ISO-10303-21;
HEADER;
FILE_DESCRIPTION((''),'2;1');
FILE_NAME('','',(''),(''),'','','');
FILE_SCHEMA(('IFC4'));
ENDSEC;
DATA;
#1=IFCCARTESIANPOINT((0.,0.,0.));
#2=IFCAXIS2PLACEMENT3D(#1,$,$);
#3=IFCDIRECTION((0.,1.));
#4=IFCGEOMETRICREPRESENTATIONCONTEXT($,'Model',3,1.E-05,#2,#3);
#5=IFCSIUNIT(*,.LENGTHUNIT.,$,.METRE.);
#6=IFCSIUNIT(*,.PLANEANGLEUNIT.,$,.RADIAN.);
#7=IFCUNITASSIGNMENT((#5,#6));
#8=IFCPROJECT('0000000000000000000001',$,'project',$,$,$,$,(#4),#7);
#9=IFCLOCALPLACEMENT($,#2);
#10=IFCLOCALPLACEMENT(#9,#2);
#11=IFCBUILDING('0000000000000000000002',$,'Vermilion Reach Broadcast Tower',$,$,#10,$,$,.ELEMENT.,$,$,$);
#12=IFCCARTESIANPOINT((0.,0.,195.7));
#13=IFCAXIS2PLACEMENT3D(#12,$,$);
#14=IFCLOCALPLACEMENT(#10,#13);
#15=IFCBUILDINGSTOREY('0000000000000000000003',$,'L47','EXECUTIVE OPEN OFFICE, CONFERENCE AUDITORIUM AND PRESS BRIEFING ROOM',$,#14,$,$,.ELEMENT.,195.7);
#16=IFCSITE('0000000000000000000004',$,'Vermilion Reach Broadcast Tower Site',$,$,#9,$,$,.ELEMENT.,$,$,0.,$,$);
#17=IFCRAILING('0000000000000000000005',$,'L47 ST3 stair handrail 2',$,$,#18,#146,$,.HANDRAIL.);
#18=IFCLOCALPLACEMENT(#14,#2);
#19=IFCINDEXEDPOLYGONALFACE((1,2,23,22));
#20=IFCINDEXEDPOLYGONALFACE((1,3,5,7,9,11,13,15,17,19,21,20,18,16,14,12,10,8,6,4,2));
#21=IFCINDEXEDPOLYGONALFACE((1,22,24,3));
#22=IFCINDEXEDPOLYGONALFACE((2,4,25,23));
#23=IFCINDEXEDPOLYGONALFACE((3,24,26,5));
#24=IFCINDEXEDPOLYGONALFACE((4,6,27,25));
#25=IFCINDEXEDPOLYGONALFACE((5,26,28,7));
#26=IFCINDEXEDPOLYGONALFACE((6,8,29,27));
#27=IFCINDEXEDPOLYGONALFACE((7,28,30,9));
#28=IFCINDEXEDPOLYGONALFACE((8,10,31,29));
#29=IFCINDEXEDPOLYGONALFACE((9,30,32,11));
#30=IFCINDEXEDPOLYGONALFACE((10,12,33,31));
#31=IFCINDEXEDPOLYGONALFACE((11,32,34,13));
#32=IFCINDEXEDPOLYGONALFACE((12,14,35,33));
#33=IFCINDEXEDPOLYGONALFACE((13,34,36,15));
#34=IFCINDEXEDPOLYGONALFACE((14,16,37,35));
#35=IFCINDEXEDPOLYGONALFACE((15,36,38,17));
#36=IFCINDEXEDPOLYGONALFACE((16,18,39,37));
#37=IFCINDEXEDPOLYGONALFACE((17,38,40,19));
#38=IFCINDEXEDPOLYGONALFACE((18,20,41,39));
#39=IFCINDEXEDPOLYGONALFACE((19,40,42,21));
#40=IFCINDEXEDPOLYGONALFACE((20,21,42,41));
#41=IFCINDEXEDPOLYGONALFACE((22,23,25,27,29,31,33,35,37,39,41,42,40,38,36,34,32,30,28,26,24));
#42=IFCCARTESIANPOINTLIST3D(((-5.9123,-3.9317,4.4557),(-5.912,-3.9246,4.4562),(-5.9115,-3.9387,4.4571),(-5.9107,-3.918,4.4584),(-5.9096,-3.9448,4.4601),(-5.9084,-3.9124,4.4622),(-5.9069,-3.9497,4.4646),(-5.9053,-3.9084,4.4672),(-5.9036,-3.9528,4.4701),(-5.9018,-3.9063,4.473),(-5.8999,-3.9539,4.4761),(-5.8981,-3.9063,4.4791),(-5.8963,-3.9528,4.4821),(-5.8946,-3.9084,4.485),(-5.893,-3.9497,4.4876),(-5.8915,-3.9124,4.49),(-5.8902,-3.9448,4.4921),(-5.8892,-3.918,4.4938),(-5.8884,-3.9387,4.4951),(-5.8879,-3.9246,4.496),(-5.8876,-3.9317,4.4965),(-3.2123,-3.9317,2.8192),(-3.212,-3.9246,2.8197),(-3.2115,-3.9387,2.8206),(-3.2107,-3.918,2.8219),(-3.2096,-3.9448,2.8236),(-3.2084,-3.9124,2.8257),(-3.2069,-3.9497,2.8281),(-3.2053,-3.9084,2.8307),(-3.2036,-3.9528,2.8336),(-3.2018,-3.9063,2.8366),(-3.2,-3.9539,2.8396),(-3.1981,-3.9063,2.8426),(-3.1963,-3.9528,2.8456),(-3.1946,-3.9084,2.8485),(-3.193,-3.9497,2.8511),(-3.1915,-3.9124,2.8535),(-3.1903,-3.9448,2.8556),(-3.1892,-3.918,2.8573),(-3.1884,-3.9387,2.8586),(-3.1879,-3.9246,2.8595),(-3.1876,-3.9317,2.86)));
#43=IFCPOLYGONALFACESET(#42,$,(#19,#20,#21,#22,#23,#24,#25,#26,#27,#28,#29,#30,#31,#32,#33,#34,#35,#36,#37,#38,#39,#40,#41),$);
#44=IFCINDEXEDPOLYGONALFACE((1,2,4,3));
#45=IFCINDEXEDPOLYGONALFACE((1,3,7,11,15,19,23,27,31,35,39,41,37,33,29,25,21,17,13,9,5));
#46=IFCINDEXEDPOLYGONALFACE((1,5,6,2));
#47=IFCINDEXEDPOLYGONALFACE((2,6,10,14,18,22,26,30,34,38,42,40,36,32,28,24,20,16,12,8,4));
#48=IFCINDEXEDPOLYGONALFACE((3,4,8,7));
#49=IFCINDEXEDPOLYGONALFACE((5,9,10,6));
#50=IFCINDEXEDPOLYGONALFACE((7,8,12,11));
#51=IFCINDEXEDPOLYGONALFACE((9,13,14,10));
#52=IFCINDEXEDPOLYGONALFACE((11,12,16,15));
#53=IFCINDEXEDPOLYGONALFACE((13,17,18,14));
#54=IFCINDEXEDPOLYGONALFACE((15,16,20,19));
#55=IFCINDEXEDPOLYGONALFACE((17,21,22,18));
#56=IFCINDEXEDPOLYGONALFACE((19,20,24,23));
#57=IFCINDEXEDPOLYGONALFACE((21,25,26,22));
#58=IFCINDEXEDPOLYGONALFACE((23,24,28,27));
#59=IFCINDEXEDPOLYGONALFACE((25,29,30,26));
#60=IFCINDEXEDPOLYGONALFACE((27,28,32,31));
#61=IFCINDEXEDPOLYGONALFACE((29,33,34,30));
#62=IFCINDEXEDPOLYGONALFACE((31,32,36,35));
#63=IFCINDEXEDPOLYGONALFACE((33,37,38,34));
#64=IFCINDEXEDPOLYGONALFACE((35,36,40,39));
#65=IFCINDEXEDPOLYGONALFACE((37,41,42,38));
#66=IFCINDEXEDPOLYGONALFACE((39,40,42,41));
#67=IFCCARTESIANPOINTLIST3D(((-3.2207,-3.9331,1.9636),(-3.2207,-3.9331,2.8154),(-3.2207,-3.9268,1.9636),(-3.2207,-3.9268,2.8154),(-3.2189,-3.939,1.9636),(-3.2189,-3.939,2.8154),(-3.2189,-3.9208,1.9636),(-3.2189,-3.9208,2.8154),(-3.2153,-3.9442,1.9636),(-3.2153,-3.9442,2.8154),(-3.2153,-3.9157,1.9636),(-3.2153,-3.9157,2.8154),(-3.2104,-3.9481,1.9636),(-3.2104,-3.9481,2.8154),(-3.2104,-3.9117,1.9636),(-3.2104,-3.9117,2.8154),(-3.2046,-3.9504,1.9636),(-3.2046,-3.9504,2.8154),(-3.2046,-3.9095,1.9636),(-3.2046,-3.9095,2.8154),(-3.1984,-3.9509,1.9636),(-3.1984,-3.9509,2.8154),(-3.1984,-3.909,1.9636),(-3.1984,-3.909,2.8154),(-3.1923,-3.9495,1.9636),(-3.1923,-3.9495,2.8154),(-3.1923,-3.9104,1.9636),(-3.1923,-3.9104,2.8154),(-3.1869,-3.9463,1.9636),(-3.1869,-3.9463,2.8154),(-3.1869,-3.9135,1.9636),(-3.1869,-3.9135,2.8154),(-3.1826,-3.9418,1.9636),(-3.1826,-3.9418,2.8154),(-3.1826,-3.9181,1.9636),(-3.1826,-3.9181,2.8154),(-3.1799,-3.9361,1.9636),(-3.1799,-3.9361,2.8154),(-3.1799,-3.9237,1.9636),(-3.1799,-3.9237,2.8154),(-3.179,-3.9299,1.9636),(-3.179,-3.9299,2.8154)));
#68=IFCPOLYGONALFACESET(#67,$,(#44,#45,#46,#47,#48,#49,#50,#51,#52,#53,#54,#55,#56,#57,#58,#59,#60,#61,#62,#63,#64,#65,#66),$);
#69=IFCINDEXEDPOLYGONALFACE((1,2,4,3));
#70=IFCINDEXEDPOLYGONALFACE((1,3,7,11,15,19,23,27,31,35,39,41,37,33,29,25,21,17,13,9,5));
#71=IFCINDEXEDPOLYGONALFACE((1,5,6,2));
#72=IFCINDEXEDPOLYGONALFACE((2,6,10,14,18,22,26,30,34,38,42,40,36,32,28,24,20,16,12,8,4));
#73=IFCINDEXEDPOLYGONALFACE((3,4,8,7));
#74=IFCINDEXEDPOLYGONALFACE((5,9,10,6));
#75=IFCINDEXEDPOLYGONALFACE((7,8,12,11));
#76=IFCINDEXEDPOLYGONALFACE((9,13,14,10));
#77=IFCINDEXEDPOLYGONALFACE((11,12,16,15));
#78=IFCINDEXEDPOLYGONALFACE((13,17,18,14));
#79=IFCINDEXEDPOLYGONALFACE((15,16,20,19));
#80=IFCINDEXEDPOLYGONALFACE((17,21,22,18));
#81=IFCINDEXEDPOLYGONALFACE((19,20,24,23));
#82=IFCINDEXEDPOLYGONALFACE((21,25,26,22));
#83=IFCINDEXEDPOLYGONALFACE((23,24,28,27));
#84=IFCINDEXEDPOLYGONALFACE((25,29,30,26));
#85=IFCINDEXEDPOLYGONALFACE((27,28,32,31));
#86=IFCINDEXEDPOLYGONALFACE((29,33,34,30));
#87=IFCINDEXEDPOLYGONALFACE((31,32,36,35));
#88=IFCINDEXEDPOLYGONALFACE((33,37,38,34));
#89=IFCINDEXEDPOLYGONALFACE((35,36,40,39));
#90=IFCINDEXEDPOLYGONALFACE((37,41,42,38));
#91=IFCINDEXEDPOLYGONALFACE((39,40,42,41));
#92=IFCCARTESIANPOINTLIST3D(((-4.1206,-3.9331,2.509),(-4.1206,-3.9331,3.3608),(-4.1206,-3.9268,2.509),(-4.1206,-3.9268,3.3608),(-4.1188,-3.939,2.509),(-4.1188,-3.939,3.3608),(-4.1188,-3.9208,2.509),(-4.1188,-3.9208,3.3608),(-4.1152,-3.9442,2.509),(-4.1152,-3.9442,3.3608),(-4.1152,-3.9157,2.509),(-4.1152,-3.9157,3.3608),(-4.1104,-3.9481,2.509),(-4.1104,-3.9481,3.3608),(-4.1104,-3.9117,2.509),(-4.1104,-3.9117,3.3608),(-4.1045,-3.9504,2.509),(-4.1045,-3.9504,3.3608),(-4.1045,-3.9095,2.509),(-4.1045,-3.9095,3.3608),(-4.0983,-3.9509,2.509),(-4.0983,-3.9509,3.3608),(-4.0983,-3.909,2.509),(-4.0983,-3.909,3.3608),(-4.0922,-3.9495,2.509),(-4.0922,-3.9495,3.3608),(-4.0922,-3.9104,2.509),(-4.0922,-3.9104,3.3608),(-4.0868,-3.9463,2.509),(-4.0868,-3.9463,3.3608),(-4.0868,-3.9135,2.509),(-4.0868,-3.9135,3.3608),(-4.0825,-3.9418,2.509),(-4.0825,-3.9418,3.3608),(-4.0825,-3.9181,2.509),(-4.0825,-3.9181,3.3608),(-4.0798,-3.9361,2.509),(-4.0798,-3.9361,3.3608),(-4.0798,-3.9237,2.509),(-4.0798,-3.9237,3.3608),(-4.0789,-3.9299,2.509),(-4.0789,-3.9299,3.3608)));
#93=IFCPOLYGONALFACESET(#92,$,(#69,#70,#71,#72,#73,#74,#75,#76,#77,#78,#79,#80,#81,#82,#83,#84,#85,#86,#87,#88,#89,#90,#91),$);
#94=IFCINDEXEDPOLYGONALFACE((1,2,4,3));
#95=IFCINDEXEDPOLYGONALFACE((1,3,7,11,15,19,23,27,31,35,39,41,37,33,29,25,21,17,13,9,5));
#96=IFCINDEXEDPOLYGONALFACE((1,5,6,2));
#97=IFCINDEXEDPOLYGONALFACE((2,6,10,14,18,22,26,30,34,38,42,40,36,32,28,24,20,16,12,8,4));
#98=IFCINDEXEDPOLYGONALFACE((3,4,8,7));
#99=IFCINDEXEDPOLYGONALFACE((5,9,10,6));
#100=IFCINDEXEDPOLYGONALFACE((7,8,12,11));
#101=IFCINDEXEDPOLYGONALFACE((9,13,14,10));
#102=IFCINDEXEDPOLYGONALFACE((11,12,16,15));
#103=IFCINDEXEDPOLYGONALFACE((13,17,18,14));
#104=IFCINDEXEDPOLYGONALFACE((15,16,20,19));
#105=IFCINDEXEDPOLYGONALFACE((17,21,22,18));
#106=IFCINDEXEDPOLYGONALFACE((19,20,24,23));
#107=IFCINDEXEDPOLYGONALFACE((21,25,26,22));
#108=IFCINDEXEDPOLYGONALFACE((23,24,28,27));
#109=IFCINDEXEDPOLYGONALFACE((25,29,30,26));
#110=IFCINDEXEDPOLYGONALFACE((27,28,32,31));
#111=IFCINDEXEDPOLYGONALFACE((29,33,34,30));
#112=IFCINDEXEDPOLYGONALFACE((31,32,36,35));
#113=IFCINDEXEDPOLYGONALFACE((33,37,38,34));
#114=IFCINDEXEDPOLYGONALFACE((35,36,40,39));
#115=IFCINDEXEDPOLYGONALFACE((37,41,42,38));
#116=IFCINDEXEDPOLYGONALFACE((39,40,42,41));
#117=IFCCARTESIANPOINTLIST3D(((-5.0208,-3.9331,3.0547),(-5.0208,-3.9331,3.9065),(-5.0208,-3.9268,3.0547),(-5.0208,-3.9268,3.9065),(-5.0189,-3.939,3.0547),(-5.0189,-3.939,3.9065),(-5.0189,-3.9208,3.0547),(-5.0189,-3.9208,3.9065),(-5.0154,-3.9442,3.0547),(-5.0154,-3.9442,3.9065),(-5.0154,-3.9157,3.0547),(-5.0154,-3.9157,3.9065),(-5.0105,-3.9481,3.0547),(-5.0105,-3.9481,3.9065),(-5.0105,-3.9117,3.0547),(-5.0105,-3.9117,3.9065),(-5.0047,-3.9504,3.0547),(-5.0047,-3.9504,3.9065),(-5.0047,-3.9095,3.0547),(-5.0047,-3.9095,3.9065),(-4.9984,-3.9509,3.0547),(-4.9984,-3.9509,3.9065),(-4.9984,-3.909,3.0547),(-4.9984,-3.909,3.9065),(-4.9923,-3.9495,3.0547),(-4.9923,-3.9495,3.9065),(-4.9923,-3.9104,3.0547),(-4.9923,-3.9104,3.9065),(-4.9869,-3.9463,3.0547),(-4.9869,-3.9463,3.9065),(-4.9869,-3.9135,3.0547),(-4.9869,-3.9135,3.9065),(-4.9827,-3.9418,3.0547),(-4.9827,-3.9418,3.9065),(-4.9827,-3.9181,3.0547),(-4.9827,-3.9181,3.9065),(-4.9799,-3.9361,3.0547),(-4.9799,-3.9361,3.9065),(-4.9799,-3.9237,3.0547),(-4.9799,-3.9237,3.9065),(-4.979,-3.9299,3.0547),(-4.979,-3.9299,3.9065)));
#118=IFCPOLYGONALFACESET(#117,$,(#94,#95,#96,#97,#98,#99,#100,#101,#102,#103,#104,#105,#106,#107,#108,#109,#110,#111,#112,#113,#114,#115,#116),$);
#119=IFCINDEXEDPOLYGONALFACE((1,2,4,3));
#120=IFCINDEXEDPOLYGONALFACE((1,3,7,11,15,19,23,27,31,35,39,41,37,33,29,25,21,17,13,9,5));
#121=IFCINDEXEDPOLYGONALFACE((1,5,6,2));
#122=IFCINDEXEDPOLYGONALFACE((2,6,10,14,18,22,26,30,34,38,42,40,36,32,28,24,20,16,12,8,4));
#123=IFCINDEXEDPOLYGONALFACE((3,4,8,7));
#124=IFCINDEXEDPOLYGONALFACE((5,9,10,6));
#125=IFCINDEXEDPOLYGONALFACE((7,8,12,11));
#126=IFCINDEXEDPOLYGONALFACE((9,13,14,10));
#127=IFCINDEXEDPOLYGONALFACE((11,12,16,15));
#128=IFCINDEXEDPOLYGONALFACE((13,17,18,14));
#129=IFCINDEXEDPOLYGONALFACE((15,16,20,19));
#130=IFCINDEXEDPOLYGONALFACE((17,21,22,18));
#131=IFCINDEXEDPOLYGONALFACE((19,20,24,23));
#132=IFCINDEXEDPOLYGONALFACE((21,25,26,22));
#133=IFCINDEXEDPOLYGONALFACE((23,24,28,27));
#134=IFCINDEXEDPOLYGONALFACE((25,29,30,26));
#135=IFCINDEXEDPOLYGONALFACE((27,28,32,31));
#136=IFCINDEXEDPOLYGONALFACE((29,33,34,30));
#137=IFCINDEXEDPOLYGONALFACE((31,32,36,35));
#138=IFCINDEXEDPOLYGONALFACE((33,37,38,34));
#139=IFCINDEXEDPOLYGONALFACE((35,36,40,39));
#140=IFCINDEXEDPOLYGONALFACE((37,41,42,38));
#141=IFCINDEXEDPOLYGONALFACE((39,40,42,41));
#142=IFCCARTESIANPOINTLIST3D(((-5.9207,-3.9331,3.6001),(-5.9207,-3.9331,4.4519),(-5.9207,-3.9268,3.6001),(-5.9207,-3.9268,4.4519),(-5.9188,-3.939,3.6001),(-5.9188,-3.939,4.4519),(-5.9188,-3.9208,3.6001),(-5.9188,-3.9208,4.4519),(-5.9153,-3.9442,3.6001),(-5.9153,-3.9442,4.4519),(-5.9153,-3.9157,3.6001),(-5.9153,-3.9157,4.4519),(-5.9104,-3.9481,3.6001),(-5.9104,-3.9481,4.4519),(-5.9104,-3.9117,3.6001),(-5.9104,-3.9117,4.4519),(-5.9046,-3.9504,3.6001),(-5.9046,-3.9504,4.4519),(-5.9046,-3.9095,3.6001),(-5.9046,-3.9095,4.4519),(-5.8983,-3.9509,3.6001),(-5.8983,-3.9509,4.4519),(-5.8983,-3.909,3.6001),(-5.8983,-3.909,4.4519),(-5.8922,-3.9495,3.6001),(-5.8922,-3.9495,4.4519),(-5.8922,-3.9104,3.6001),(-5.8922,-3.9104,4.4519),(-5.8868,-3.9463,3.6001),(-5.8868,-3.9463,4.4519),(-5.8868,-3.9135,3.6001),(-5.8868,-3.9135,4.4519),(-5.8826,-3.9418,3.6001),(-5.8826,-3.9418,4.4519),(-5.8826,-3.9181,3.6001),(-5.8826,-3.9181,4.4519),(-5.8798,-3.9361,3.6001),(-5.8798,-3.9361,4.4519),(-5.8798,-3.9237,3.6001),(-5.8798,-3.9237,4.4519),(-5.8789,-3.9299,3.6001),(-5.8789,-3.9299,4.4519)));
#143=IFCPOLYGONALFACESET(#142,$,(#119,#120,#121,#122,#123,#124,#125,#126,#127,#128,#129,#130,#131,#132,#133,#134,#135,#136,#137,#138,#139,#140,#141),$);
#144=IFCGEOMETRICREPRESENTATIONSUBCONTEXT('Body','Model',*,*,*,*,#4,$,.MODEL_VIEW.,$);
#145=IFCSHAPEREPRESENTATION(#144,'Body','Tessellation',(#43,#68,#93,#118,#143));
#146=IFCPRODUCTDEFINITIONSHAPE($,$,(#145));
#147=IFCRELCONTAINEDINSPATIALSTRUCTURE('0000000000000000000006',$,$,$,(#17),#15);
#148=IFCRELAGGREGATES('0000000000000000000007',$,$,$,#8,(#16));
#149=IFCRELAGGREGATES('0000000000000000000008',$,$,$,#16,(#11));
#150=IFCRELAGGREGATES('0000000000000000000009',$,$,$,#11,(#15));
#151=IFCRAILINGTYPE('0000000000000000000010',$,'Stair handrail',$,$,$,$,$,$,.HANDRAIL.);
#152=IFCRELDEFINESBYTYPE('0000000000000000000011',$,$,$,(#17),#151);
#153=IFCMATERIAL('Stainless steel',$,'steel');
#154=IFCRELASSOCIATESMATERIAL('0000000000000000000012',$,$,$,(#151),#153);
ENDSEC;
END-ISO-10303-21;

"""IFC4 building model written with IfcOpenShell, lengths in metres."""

from ifc_helpers import new_model, si_unit, direction, frame, origin, origin_2d, place, context, subcontext, project, spatial, circle, extrude, material, type_object, element, save


model = new_model("IFC4")

# Units and contexts
model_context = context("Model", 3, precision=1e-05, world=origin(), true_north=direction((0.0, 1.0)))
body_context = subcontext(model_context, "Body", "Model", "MODEL_VIEW")
ifc_project = project(units=[si_unit("LENGTHUNIT", "METRE"), si_unit("PLANEANGLEUNIT", "RADIAN")], contexts=[model_context])

# Site, building, storey
site_placement = place(None, origin())
site = spatial("IfcSite", under=ifc_project, at=site_placement, Name="Vermilion Reach Broadcast Tower Site", CompositionType="ELEMENT", RefElevation=0.0)
building_placement = place(site_placement, origin())
building = spatial("IfcBuilding", under=site, at=building_placement, Name="Vermilion Reach Broadcast Tower", CompositionType="ELEMENT")
storey_placement = place(building_placement, frame((0.0, 0.0, 195.7)))
storey = spatial("IfcBuildingStorey", under=building, at=storey_placement, Name="L47", Description="EXECUTIVE OPEN OFFICE, CONFERENCE AUDITORIUM AND PRESS BRIEFING ROOM", CompositionType="ELEMENT", Elevation=195.7)

# Railing
ifc_material_1 = material(Name="Stainless steel", Category="steel")
railing_type_1 = type_object("IfcRailingType", Name="Stair handrail", PredefinedType="HANDRAIL", material=ifc_material_1)
railing_1_placement = place(storey_placement, frame((-3.2, -3.9299, 1.9636)))
element("IfcRailing", 1, at=railing_1_placement, inside=storey, type_object=railing_type_1, Name="L47 ST3 stair handrail 2", PredefinedType="HANDRAIL", context=body_context, shape_type="SweptSolid", body=[
    extrude(circle(Radius=0.0239, at=origin_2d()), frame((0.0, 0.0, 0.876), z_axis=(-0.855178, 0.0, 0.518334), x_axis=(0.0, -1.0, 0.0)), (0.0, 0.0, 1.0), 3.1572),
    extrude(circle(Radius=0.021, at=origin_2d()), origin(), (0.0, 0.0, 1.0), 0.8518),
    extrude(circle(Radius=0.021, at=origin_2d()), frame((-0.8999, 0.0, 0.5454)), (0.0, 0.0, 1.0), 0.8518),
    extrude(circle(Radius=0.021, at=origin_2d()), frame((-1.8, 0.0, 1.0911)), (0.0, 0.0, 1.0), 0.8518),
    extrude(circle(Radius=0.021, at=origin_2d()), frame((-2.7, 0.0, 1.6365)), (0.0, 0.0, 1.0), 0.8518),
])

save(model, "model.ifc")
